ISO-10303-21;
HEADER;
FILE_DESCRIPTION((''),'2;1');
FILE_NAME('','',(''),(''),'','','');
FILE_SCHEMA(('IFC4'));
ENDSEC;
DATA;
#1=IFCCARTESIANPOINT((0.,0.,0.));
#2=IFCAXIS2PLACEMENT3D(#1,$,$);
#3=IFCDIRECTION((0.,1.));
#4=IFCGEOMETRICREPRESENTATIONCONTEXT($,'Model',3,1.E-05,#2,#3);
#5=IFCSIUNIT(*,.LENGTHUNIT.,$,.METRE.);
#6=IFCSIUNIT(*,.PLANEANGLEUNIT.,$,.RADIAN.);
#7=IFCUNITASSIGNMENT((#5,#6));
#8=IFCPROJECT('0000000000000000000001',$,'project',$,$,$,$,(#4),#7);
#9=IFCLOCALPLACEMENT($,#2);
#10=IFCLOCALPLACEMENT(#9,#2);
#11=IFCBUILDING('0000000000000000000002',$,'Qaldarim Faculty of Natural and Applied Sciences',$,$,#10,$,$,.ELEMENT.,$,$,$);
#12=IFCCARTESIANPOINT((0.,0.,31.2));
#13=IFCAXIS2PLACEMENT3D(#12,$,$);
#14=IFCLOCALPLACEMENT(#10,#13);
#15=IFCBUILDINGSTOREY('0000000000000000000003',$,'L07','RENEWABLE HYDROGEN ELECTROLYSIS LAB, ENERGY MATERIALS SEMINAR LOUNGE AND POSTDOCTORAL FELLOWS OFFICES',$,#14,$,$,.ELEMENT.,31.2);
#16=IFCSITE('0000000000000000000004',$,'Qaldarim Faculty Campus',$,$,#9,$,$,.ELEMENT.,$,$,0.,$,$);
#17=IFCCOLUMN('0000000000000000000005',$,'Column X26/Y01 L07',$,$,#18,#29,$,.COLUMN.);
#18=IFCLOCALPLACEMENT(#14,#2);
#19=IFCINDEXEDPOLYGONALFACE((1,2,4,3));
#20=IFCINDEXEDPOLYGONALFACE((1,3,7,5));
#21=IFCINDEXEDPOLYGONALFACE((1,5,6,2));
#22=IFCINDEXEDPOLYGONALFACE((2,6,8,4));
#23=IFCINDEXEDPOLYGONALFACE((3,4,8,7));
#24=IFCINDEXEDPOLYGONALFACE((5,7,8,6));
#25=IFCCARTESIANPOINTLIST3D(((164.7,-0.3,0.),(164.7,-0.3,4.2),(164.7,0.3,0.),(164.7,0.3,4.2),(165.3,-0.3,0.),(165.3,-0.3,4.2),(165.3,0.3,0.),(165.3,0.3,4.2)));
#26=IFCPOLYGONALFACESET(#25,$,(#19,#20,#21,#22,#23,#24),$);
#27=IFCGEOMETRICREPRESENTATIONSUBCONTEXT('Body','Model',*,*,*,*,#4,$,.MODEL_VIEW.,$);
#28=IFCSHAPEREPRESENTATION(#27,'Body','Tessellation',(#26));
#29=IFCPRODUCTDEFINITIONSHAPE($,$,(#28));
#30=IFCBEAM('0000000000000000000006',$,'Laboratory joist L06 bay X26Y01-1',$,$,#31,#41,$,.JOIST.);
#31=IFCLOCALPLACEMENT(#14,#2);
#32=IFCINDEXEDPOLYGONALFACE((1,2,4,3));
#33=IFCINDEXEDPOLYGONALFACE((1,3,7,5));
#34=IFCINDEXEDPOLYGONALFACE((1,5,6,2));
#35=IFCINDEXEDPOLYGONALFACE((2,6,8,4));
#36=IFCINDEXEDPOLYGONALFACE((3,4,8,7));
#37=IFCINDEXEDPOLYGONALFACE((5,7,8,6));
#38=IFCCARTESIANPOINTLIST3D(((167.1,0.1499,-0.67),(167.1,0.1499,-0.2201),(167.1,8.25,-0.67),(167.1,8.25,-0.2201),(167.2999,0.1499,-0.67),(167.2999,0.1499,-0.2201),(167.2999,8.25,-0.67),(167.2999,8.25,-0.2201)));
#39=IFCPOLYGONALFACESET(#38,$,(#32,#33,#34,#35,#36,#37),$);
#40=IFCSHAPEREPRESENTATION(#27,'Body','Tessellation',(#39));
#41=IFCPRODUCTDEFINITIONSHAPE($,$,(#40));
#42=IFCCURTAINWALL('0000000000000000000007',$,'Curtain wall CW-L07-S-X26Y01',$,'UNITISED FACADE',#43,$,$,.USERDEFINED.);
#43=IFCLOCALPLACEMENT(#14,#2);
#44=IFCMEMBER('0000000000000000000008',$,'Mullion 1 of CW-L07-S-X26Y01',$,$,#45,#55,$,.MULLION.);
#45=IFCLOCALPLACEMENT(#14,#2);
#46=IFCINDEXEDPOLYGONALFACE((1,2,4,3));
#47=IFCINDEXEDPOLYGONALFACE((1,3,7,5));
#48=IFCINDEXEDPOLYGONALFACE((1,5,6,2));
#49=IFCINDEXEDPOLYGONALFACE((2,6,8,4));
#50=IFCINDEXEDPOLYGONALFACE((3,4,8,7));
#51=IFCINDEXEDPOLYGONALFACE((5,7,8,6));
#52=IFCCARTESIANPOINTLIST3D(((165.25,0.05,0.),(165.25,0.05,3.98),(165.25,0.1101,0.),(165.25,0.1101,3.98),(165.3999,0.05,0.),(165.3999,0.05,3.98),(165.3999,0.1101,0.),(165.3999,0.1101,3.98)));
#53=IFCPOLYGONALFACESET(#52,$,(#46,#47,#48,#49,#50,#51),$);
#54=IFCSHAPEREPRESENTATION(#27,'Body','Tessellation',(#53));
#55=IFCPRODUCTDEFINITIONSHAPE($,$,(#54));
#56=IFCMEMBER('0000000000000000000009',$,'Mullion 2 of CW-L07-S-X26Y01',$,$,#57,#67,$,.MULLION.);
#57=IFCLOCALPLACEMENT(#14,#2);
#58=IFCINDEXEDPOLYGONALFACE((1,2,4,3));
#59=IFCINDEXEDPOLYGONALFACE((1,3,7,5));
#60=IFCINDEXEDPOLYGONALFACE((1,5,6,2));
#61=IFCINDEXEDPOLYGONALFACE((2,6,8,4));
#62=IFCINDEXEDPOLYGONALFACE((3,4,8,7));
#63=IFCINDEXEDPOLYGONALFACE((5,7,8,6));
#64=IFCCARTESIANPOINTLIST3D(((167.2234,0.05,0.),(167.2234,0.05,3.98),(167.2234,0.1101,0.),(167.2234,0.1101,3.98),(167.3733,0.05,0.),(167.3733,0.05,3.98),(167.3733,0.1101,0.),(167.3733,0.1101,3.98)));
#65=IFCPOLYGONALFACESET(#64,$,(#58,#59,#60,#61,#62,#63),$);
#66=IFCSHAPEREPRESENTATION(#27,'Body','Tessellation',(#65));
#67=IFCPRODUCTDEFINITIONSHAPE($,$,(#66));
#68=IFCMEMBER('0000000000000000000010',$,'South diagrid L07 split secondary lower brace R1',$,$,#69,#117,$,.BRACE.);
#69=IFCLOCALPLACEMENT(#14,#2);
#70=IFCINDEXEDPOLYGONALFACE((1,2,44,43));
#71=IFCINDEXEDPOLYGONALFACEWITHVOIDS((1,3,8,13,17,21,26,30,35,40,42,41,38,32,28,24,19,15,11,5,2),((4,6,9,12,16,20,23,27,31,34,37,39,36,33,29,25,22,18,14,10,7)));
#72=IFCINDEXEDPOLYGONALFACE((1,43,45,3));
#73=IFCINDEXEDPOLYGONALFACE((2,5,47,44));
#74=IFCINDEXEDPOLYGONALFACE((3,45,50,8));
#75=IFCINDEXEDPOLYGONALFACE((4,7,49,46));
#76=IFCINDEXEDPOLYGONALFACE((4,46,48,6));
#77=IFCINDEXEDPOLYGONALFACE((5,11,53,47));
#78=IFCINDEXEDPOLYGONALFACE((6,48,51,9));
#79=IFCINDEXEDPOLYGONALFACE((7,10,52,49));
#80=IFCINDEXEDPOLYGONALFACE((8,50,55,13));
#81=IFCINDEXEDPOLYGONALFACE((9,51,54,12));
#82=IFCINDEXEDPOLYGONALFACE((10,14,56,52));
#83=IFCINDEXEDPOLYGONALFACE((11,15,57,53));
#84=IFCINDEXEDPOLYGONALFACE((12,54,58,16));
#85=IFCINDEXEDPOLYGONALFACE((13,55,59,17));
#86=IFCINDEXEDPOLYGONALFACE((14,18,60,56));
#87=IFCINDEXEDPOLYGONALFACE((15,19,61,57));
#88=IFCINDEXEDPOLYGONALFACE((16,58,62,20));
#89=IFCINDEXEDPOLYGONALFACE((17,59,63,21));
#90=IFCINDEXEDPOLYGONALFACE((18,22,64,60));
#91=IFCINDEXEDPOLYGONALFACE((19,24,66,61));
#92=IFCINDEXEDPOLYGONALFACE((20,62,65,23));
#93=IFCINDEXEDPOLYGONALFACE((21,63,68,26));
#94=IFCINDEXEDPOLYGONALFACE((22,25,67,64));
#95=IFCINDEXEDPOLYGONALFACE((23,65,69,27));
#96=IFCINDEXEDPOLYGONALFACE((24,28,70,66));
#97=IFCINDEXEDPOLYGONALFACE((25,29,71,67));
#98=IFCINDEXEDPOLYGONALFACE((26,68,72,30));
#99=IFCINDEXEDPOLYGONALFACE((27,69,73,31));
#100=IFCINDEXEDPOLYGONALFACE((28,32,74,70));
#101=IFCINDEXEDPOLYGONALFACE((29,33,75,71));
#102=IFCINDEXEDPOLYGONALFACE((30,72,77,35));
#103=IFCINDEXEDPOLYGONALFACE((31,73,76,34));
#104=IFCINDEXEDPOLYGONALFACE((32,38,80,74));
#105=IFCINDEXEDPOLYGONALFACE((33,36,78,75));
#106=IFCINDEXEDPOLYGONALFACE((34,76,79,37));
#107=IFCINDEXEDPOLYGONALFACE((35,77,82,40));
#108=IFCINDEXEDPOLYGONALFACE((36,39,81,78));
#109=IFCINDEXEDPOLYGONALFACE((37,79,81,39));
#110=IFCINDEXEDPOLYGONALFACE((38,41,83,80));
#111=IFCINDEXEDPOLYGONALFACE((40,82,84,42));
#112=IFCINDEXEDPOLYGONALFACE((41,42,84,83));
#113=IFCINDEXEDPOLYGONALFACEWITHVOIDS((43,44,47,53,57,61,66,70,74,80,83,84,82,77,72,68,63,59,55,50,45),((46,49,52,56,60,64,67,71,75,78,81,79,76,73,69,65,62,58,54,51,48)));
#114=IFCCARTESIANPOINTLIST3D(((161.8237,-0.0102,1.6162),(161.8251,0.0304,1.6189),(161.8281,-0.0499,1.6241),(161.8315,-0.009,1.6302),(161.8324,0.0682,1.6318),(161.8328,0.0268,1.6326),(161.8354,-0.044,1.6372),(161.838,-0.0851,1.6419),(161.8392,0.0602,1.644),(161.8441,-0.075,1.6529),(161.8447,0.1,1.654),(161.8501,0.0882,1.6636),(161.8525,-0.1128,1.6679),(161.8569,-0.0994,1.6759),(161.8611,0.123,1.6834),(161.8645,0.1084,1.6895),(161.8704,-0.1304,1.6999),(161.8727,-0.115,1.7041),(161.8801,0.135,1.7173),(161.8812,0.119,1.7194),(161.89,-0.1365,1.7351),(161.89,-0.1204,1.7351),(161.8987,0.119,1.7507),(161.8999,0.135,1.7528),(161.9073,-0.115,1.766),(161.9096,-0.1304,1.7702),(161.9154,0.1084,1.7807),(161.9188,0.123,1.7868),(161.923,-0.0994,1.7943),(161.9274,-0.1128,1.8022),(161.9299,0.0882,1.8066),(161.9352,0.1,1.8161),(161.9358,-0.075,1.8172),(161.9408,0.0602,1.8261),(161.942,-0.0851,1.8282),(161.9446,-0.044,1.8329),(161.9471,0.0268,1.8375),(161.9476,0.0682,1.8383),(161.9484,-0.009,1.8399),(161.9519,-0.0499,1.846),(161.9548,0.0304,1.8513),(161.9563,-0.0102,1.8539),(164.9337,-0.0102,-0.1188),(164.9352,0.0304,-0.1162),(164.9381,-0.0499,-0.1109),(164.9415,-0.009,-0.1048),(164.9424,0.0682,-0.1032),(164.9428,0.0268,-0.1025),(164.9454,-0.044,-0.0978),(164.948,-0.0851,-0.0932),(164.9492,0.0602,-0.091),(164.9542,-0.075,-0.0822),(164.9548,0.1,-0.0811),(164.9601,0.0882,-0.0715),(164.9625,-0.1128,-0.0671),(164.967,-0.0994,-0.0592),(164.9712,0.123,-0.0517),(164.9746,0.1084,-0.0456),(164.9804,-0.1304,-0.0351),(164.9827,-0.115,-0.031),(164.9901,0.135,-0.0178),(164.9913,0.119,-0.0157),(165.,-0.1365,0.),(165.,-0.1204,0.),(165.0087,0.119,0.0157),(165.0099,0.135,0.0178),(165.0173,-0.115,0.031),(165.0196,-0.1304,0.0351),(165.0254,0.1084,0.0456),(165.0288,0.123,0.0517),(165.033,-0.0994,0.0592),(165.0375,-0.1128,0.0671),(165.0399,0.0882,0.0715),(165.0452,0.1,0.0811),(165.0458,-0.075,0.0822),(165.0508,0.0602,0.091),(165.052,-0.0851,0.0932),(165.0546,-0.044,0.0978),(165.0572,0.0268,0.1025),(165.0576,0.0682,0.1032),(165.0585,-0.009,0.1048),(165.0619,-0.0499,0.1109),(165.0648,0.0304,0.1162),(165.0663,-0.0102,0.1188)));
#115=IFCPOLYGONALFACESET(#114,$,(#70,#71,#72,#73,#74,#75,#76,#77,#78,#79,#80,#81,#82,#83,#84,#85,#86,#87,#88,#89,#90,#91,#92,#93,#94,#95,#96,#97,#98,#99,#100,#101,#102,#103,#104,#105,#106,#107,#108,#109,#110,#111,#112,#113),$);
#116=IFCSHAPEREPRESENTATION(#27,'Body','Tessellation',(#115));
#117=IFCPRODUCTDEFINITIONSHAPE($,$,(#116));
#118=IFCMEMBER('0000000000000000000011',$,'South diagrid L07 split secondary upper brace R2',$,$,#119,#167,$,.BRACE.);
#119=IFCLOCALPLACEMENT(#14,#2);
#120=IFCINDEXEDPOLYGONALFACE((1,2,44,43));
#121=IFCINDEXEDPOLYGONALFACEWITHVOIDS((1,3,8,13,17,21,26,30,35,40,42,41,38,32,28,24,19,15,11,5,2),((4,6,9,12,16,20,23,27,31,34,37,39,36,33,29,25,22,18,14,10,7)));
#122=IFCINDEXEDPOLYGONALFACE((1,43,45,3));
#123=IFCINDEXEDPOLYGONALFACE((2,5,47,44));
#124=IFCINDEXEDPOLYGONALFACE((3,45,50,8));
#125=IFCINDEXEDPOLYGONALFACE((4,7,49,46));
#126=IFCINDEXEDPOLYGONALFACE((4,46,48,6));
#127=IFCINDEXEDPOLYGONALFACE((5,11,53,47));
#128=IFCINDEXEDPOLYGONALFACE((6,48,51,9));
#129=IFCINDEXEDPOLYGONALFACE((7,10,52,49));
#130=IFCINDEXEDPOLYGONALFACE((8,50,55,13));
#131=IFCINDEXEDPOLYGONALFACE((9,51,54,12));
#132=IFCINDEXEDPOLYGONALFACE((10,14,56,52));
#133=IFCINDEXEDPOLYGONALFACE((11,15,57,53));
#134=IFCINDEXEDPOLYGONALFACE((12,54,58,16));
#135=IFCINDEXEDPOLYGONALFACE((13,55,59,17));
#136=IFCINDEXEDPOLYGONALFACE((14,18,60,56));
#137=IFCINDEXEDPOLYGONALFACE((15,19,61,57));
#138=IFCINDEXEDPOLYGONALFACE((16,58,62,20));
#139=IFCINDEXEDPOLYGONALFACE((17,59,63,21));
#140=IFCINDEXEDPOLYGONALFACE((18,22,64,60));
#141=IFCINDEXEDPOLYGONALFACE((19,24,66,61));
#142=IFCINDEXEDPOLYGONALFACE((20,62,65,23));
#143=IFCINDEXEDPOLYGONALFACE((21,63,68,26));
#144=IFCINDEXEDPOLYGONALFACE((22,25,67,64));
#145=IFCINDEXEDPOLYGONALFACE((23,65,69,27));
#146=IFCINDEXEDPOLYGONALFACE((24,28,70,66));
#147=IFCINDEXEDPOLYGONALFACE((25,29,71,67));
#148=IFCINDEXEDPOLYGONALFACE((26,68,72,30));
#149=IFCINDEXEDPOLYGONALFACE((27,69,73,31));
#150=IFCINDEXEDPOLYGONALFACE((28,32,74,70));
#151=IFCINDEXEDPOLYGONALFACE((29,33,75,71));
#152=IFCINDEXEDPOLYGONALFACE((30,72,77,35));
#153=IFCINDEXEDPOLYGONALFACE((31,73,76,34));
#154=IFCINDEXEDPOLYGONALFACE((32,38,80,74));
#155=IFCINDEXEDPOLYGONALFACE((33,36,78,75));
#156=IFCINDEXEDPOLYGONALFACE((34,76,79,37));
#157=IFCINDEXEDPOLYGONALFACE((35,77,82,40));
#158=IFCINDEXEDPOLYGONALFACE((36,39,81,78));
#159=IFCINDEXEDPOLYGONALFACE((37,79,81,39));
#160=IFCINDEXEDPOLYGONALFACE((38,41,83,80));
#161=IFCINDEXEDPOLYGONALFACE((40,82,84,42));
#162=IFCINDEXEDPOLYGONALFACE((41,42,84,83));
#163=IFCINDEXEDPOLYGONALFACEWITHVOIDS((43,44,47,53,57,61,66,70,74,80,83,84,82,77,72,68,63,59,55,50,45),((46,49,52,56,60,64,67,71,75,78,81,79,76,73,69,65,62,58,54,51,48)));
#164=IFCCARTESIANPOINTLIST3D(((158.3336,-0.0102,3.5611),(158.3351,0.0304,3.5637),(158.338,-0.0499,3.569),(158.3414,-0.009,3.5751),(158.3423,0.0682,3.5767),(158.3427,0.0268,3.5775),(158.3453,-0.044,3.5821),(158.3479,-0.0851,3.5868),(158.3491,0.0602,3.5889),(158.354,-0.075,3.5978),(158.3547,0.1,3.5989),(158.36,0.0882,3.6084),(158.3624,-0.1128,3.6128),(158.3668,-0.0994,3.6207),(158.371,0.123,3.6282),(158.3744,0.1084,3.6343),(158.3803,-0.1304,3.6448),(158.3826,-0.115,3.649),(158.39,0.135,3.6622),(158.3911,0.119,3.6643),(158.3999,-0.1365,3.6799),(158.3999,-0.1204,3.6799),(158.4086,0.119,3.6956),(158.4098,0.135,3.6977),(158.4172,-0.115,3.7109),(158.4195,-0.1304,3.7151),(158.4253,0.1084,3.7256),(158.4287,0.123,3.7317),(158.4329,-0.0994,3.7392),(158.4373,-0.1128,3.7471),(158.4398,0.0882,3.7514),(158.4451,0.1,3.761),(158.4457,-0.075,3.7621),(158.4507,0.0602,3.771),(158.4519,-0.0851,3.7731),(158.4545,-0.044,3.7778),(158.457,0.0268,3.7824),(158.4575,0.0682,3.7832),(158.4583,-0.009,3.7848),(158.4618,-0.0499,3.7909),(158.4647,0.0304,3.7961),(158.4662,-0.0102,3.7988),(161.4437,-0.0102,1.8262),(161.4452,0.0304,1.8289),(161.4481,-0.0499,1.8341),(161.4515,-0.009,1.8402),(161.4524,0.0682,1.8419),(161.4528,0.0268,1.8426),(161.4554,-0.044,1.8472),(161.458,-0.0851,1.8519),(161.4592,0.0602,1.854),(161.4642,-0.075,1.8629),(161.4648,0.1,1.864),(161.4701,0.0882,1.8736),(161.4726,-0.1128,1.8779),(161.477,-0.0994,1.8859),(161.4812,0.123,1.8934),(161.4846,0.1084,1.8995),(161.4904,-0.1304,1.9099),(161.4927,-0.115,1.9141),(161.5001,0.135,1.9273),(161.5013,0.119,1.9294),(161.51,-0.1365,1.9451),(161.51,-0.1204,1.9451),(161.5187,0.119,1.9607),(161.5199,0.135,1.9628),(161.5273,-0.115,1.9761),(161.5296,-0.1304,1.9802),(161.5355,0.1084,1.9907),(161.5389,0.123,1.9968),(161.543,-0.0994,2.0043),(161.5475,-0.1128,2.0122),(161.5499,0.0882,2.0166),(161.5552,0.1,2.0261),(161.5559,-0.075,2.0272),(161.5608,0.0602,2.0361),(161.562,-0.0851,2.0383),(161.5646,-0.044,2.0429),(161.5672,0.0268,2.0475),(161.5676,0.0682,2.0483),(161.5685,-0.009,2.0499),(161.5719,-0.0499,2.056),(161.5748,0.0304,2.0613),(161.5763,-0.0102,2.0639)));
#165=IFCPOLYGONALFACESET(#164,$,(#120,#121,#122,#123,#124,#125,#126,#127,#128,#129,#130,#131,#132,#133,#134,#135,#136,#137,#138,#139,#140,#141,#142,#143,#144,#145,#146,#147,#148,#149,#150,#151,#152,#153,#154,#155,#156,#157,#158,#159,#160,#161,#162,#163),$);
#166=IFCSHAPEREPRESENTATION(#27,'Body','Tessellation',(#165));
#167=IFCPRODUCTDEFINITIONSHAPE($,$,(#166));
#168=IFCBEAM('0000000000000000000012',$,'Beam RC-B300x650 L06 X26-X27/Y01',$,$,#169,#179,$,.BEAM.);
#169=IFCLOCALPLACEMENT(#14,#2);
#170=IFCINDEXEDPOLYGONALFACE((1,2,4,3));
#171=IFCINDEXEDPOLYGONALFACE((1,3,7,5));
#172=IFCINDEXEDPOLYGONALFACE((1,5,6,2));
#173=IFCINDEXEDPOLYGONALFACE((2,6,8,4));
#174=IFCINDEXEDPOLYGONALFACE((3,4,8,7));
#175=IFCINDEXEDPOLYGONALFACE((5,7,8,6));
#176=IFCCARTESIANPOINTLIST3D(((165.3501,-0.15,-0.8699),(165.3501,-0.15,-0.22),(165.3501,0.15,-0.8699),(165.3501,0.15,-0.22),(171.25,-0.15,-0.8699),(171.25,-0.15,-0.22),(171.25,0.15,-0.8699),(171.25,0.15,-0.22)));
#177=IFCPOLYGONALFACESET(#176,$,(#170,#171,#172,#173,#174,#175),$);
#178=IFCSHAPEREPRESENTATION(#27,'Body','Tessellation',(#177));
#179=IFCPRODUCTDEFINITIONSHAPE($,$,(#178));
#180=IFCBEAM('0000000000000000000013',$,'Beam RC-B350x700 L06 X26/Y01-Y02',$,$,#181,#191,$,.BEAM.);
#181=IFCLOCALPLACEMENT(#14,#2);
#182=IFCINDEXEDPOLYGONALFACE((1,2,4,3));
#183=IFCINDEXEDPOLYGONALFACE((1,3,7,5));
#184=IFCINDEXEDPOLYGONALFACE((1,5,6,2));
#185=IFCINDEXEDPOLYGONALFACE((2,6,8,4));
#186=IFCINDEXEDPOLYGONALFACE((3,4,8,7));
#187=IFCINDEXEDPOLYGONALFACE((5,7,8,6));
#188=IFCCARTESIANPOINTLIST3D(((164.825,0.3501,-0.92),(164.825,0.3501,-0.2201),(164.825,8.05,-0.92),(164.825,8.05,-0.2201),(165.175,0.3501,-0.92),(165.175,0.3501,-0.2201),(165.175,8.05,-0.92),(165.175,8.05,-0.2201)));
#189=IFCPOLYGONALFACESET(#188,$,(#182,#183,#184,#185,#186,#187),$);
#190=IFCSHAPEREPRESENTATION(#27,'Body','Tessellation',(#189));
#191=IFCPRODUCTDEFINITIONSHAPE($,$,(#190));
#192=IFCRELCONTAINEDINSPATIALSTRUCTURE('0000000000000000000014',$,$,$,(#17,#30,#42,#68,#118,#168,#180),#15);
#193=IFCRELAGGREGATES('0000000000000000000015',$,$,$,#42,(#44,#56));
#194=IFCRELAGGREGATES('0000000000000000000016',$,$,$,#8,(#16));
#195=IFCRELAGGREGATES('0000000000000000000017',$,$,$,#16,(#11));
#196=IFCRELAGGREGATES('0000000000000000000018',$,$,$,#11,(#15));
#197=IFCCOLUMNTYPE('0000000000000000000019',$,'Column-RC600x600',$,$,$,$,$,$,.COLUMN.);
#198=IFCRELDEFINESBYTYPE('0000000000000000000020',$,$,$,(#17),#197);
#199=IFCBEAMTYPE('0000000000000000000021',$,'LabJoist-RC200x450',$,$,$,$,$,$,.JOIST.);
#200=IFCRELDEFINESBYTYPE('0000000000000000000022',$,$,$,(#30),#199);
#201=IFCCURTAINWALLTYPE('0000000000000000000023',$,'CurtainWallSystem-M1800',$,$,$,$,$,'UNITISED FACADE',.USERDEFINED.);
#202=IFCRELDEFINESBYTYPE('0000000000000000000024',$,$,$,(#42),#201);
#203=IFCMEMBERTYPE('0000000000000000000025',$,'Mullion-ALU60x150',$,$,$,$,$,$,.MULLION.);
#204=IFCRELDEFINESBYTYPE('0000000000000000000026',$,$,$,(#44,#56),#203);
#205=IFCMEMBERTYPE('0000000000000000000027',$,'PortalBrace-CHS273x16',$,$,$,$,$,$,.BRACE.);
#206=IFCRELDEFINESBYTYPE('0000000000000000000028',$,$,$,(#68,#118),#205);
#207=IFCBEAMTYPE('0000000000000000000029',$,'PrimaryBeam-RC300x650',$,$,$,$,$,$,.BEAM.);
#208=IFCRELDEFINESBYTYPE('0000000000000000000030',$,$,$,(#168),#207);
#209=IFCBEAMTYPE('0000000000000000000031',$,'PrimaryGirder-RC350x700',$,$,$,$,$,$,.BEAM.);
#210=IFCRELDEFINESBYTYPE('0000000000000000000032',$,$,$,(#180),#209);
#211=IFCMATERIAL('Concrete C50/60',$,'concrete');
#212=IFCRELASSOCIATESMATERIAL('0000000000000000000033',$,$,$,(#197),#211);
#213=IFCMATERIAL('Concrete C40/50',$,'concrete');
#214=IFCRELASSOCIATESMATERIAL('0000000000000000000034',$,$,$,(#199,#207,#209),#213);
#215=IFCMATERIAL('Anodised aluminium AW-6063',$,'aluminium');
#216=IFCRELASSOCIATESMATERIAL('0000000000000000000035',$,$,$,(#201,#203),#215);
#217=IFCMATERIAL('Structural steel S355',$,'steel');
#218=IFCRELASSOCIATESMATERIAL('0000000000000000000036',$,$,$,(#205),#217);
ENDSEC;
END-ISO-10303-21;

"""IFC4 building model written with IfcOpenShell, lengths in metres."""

from ifc_helpers import new_model, si_unit, direction, frame, origin, origin_2d, place, context, subcontext, project, spatial, rectangle, hollow_circle, extrude, material, material_profile, profile_set, type_object, element, aggregate, save


model = new_model("IFC4")

# Units and contexts
model_context = context("Model", 3, precision=1e-05, world=origin(), true_north=direction((0.0, 1.0)))
body_context = subcontext(model_context, "Body", "Model", "MODEL_VIEW")
ifc_project = project(units=[si_unit("LENGTHUNIT", "METRE"), si_unit("PLANEANGLEUNIT", "RADIAN")], contexts=[model_context])

# Site, building, storey
site_placement = place(None, origin())
site = spatial("IfcSite", under=ifc_project, at=site_placement, Name="Qaldarim Faculty Campus", CompositionType="ELEMENT", RefElevation=0.0)
building_placement = place(site_placement, origin())
building = spatial("IfcBuilding", under=site, at=building_placement, Name="Qaldarim Faculty of Natural and Applied Sciences", CompositionType="ELEMENT")
storey_placement = place(building_placement, frame((0.0, 0.0, 31.2)))
storey = spatial("IfcBuildingStorey", under=building, at=storey_placement, Name="L07", Description="RENEWABLE HYDROGEN ELECTROLYSIS LAB, ENERGY MATERIALS SEMINAR LOUNGE AND POSTDOCTORAL FELLOWS OFFICES", CompositionType="ELEMENT", Elevation=31.2)

# Column
ifc_material_1 = material(Name="Concrete C50/60", Category="concrete")
ifc_material_profile_1 = material_profile(ifc_material_1, rectangle(XDim=0.6001, YDim=0.6001, at=origin_2d()), Name="RC-C600x600")
ifc_profile_set_1 = profile_set([ifc_material_profile_1], Name="Concrete C50/60")
column_type = type_object("IfcColumnType", Name="Column-RC600x600", PredefinedType="COLUMN", material=ifc_profile_set_1)
column_placement = place(storey_placement, frame((165.0, 0.0, 0.0), z_axis=(0.0, 0.0, 1.0), x_axis=(1.0, 0.0, 0.0)))
element("IfcColumn", 1, at=column_placement, inside=storey, type_object=column_type, Name="Column X26/Y01 L07", PredefinedType="COLUMN", context=body_context, shape_type="SweptSolid", body=[
    extrude(rectangle(XDim=0.6001, YDim=0.6001, at=origin_2d()), origin(), (0.0, 0.0, 1.0), 4.2),
])

# Beam
ifc_material_2 = material(Name="Concrete C40/50", Category="concrete")
ifc_material_profile_2 = material_profile(ifc_material_2, rectangle(XDim=0.2, YDim=0.45, at=origin_2d()), Name="RC-J200x450")
ifc_profile_set_2 = profile_set([ifc_material_profile_2], Name="Concrete C40/50")
beam_type_1 = type_object("IfcBeamType", Name="LabJoist-RC200x450", PredefinedType="JOIST", material=ifc_profile_set_2)
beam_1_placement = place(storey_placement, frame((167.2, 0.1499, -0.4451), z_axis=(0.0, 1.0, 0.0), x_axis=(-1.0, 0.0, 0.0)))
element("IfcBeam", 2, at=beam_1_placement, inside=storey, type_object=beam_type_1, Name="Laboratory joist L06 bay X26Y01-1", PredefinedType="JOIST", context=body_context, shape_type="SweptSolid", body=[
    extrude(rectangle(XDim=0.2, YDim=0.45, at=origin_2d()), origin(), (0.0, 0.0, 1.0), 8.1001),
])

# Curtain wall, members
ifc_material_3 = material(Name="Anodised aluminium AW-6063", Category="aluminium")
curtain_wall_type = type_object("IfcCurtainWallType", Name="CurtainWallSystem-M1800", ElementType="UNITISED FACADE", PredefinedType="USERDEFINED", material=ifc_material_3)
curtain_wall_placement = place(storey_placement, origin())
curtain_wall = element("IfcCurtainWall", 3, at=curtain_wall_placement, inside=storey, type_object=curtain_wall_type, Name="Curtain wall CW-L07-S-X26Y01", ObjectType="UNITISED FACADE", PredefinedType="USERDEFINED")
ifc_material_profile_3 = material_profile(ifc_material_3, rectangle(XDim=0.0601, YDim=0.1499, at=origin_2d()), Name="ALU-M60x150")
ifc_profile_set_3 = profile_set([ifc_material_profile_3], Name="Anodised aluminium AW-6063")
member_type_1 = type_object("IfcMemberType", Name="Mullion-ALU60x150", PredefinedType="MULLION", material=ifc_profile_set_3)
member_1_placement = place(storey_placement, frame((165.325, 0.0801, 0.0), z_axis=(0.0, 0.0, 1.0), x_axis=(0.0, 1.0, 0.0)))
member_1 = element("IfcMember", 4, at=member_1_placement, type_object=member_type_1, Name="Mullion 1 of CW-L07-S-X26Y01", PredefinedType="MULLION", context=body_context, shape_type="SweptSolid", body=[
    extrude(rectangle(XDim=0.0601, YDim=0.1499, at=origin_2d()), origin(), (0.0, 0.0, 1.0), 3.98),
])
member_2_placement = place(storey_placement, frame((167.2983, 0.0801, 0.0), z_axis=(0.0, 0.0, 1.0), x_axis=(0.0, 1.0, 0.0)))
member_2 = element("IfcMember", 5, at=member_2_placement, type_object=member_type_1, Name="Mullion 2 of CW-L07-S-X26Y01", PredefinedType="MULLION", context=body_context, shape_type="SweptSolid", body=[
    extrude(rectangle(XDim=0.0601, YDim=0.1499, at=origin_2d()), origin(), (0.0, 0.0, 1.0), 3.98),
])

# Members
ifc_material_4 = material(Name="Structural steel S355", Category="steel")
ifc_material_profile_4 = material_profile(ifc_material_4, hollow_circle(Radius=0.1365, WallThickness=0.0161, at=origin_2d()), Name="CHS 273.0x16.0")
ifc_profile_set_4 = profile_set([ifc_material_profile_4], Name="Structural steel S355")
member_type_2 = type_object("IfcMemberType", Name="PortalBrace-CHS273x16", PredefinedType="BRACE", material=ifc_profile_set_4)
for number, where, z_axis, x_axis, name in (
    (6, (165.0, 0.0, 0.0), (-0.873289, 0.0, 0.487202), (0.0, -1.0, 0.0), "South diagrid L07 split secondary lower brace R1"),
    (7, (161.51, 0.0, 1.9451), (-0.873318, 0.0, 0.48715), (0.0, -1.0, 0.0), "South diagrid L07 split secondary upper brace R2"),
):
    element("IfcMember", number, at=place(storey_placement, frame(where, z_axis=z_axis, x_axis=x_axis)), inside=storey, type_object=member_type_2, Name=name, PredefinedType="BRACE", context=body_context, shape_type="SweptSolid", body=[
        extrude(hollow_circle(Radius=0.1365, WallThickness=0.0161, at=origin_2d()), origin(), (0.0, 0.0, 1.0), 3.5613),
    ])

# Beams
ifc_material_profile_5 = material_profile(ifc_material_2, rectangle(XDim=0.3, YDim=0.6499, at=origin_2d()), Name="RC-B300x650")
ifc_profile_set_5 = profile_set([ifc_material_profile_5], Name="Concrete C40/50")
beam_type_2 = type_object("IfcBeamType", Name="PrimaryBeam-RC300x650", PredefinedType="BEAM", material=ifc_profile_set_5)
beam_2_placement = place(storey_placement, frame((165.3501, 0.0, -0.5449), z_axis=(1.0, 0.0, 0.0), x_axis=(0.0, 1.0, 0.0)))
element("IfcBeam", 8, at=beam_2_placement, inside=storey, type_object=beam_type_2, Name="Beam RC-B300x650 L06 X26-X27/Y01", PredefinedType="BEAM", context=body_context, shape_type="SweptSolid", body=[
    extrude(rectangle(XDim=0.3, YDim=0.6499, at=origin_2d()), origin(), (0.0, 0.0, 1.0), 5.8999),
])
ifc_material_profile_6 = material_profile(ifc_material_2, rectangle(XDim=0.3501, YDim=0.7, at=origin_2d()), Name="RC-B350x700")
ifc_profile_set_6 = profile_set([ifc_material_profile_6], Name="Concrete C40/50")
beam_type_3 = type_object("IfcBeamType", Name="PrimaryGirder-RC350x700", PredefinedType="BEAM", material=ifc_profile_set_6)
beam_3_placement = place(storey_placement, frame((165.0, 0.3501, -0.5701), z_axis=(0.0, 1.0, 0.0), x_axis=(-1.0, 0.0, 0.0)))
element("IfcBeam", 9, at=beam_3_placement, inside=storey, type_object=beam_type_3, Name="Beam RC-B350x700 L06 X26/Y01-Y02", PredefinedType="BEAM", context=body_context, shape_type="SweptSolid", body=[
    extrude(rectangle(XDim=0.3501, YDim=0.7, at=origin_2d()), origin(), (0.0, 0.0, 1.0), 7.7),
])

aggregate(curtain_wall, [member_1, member_2])

save(model, "model.ifc")
